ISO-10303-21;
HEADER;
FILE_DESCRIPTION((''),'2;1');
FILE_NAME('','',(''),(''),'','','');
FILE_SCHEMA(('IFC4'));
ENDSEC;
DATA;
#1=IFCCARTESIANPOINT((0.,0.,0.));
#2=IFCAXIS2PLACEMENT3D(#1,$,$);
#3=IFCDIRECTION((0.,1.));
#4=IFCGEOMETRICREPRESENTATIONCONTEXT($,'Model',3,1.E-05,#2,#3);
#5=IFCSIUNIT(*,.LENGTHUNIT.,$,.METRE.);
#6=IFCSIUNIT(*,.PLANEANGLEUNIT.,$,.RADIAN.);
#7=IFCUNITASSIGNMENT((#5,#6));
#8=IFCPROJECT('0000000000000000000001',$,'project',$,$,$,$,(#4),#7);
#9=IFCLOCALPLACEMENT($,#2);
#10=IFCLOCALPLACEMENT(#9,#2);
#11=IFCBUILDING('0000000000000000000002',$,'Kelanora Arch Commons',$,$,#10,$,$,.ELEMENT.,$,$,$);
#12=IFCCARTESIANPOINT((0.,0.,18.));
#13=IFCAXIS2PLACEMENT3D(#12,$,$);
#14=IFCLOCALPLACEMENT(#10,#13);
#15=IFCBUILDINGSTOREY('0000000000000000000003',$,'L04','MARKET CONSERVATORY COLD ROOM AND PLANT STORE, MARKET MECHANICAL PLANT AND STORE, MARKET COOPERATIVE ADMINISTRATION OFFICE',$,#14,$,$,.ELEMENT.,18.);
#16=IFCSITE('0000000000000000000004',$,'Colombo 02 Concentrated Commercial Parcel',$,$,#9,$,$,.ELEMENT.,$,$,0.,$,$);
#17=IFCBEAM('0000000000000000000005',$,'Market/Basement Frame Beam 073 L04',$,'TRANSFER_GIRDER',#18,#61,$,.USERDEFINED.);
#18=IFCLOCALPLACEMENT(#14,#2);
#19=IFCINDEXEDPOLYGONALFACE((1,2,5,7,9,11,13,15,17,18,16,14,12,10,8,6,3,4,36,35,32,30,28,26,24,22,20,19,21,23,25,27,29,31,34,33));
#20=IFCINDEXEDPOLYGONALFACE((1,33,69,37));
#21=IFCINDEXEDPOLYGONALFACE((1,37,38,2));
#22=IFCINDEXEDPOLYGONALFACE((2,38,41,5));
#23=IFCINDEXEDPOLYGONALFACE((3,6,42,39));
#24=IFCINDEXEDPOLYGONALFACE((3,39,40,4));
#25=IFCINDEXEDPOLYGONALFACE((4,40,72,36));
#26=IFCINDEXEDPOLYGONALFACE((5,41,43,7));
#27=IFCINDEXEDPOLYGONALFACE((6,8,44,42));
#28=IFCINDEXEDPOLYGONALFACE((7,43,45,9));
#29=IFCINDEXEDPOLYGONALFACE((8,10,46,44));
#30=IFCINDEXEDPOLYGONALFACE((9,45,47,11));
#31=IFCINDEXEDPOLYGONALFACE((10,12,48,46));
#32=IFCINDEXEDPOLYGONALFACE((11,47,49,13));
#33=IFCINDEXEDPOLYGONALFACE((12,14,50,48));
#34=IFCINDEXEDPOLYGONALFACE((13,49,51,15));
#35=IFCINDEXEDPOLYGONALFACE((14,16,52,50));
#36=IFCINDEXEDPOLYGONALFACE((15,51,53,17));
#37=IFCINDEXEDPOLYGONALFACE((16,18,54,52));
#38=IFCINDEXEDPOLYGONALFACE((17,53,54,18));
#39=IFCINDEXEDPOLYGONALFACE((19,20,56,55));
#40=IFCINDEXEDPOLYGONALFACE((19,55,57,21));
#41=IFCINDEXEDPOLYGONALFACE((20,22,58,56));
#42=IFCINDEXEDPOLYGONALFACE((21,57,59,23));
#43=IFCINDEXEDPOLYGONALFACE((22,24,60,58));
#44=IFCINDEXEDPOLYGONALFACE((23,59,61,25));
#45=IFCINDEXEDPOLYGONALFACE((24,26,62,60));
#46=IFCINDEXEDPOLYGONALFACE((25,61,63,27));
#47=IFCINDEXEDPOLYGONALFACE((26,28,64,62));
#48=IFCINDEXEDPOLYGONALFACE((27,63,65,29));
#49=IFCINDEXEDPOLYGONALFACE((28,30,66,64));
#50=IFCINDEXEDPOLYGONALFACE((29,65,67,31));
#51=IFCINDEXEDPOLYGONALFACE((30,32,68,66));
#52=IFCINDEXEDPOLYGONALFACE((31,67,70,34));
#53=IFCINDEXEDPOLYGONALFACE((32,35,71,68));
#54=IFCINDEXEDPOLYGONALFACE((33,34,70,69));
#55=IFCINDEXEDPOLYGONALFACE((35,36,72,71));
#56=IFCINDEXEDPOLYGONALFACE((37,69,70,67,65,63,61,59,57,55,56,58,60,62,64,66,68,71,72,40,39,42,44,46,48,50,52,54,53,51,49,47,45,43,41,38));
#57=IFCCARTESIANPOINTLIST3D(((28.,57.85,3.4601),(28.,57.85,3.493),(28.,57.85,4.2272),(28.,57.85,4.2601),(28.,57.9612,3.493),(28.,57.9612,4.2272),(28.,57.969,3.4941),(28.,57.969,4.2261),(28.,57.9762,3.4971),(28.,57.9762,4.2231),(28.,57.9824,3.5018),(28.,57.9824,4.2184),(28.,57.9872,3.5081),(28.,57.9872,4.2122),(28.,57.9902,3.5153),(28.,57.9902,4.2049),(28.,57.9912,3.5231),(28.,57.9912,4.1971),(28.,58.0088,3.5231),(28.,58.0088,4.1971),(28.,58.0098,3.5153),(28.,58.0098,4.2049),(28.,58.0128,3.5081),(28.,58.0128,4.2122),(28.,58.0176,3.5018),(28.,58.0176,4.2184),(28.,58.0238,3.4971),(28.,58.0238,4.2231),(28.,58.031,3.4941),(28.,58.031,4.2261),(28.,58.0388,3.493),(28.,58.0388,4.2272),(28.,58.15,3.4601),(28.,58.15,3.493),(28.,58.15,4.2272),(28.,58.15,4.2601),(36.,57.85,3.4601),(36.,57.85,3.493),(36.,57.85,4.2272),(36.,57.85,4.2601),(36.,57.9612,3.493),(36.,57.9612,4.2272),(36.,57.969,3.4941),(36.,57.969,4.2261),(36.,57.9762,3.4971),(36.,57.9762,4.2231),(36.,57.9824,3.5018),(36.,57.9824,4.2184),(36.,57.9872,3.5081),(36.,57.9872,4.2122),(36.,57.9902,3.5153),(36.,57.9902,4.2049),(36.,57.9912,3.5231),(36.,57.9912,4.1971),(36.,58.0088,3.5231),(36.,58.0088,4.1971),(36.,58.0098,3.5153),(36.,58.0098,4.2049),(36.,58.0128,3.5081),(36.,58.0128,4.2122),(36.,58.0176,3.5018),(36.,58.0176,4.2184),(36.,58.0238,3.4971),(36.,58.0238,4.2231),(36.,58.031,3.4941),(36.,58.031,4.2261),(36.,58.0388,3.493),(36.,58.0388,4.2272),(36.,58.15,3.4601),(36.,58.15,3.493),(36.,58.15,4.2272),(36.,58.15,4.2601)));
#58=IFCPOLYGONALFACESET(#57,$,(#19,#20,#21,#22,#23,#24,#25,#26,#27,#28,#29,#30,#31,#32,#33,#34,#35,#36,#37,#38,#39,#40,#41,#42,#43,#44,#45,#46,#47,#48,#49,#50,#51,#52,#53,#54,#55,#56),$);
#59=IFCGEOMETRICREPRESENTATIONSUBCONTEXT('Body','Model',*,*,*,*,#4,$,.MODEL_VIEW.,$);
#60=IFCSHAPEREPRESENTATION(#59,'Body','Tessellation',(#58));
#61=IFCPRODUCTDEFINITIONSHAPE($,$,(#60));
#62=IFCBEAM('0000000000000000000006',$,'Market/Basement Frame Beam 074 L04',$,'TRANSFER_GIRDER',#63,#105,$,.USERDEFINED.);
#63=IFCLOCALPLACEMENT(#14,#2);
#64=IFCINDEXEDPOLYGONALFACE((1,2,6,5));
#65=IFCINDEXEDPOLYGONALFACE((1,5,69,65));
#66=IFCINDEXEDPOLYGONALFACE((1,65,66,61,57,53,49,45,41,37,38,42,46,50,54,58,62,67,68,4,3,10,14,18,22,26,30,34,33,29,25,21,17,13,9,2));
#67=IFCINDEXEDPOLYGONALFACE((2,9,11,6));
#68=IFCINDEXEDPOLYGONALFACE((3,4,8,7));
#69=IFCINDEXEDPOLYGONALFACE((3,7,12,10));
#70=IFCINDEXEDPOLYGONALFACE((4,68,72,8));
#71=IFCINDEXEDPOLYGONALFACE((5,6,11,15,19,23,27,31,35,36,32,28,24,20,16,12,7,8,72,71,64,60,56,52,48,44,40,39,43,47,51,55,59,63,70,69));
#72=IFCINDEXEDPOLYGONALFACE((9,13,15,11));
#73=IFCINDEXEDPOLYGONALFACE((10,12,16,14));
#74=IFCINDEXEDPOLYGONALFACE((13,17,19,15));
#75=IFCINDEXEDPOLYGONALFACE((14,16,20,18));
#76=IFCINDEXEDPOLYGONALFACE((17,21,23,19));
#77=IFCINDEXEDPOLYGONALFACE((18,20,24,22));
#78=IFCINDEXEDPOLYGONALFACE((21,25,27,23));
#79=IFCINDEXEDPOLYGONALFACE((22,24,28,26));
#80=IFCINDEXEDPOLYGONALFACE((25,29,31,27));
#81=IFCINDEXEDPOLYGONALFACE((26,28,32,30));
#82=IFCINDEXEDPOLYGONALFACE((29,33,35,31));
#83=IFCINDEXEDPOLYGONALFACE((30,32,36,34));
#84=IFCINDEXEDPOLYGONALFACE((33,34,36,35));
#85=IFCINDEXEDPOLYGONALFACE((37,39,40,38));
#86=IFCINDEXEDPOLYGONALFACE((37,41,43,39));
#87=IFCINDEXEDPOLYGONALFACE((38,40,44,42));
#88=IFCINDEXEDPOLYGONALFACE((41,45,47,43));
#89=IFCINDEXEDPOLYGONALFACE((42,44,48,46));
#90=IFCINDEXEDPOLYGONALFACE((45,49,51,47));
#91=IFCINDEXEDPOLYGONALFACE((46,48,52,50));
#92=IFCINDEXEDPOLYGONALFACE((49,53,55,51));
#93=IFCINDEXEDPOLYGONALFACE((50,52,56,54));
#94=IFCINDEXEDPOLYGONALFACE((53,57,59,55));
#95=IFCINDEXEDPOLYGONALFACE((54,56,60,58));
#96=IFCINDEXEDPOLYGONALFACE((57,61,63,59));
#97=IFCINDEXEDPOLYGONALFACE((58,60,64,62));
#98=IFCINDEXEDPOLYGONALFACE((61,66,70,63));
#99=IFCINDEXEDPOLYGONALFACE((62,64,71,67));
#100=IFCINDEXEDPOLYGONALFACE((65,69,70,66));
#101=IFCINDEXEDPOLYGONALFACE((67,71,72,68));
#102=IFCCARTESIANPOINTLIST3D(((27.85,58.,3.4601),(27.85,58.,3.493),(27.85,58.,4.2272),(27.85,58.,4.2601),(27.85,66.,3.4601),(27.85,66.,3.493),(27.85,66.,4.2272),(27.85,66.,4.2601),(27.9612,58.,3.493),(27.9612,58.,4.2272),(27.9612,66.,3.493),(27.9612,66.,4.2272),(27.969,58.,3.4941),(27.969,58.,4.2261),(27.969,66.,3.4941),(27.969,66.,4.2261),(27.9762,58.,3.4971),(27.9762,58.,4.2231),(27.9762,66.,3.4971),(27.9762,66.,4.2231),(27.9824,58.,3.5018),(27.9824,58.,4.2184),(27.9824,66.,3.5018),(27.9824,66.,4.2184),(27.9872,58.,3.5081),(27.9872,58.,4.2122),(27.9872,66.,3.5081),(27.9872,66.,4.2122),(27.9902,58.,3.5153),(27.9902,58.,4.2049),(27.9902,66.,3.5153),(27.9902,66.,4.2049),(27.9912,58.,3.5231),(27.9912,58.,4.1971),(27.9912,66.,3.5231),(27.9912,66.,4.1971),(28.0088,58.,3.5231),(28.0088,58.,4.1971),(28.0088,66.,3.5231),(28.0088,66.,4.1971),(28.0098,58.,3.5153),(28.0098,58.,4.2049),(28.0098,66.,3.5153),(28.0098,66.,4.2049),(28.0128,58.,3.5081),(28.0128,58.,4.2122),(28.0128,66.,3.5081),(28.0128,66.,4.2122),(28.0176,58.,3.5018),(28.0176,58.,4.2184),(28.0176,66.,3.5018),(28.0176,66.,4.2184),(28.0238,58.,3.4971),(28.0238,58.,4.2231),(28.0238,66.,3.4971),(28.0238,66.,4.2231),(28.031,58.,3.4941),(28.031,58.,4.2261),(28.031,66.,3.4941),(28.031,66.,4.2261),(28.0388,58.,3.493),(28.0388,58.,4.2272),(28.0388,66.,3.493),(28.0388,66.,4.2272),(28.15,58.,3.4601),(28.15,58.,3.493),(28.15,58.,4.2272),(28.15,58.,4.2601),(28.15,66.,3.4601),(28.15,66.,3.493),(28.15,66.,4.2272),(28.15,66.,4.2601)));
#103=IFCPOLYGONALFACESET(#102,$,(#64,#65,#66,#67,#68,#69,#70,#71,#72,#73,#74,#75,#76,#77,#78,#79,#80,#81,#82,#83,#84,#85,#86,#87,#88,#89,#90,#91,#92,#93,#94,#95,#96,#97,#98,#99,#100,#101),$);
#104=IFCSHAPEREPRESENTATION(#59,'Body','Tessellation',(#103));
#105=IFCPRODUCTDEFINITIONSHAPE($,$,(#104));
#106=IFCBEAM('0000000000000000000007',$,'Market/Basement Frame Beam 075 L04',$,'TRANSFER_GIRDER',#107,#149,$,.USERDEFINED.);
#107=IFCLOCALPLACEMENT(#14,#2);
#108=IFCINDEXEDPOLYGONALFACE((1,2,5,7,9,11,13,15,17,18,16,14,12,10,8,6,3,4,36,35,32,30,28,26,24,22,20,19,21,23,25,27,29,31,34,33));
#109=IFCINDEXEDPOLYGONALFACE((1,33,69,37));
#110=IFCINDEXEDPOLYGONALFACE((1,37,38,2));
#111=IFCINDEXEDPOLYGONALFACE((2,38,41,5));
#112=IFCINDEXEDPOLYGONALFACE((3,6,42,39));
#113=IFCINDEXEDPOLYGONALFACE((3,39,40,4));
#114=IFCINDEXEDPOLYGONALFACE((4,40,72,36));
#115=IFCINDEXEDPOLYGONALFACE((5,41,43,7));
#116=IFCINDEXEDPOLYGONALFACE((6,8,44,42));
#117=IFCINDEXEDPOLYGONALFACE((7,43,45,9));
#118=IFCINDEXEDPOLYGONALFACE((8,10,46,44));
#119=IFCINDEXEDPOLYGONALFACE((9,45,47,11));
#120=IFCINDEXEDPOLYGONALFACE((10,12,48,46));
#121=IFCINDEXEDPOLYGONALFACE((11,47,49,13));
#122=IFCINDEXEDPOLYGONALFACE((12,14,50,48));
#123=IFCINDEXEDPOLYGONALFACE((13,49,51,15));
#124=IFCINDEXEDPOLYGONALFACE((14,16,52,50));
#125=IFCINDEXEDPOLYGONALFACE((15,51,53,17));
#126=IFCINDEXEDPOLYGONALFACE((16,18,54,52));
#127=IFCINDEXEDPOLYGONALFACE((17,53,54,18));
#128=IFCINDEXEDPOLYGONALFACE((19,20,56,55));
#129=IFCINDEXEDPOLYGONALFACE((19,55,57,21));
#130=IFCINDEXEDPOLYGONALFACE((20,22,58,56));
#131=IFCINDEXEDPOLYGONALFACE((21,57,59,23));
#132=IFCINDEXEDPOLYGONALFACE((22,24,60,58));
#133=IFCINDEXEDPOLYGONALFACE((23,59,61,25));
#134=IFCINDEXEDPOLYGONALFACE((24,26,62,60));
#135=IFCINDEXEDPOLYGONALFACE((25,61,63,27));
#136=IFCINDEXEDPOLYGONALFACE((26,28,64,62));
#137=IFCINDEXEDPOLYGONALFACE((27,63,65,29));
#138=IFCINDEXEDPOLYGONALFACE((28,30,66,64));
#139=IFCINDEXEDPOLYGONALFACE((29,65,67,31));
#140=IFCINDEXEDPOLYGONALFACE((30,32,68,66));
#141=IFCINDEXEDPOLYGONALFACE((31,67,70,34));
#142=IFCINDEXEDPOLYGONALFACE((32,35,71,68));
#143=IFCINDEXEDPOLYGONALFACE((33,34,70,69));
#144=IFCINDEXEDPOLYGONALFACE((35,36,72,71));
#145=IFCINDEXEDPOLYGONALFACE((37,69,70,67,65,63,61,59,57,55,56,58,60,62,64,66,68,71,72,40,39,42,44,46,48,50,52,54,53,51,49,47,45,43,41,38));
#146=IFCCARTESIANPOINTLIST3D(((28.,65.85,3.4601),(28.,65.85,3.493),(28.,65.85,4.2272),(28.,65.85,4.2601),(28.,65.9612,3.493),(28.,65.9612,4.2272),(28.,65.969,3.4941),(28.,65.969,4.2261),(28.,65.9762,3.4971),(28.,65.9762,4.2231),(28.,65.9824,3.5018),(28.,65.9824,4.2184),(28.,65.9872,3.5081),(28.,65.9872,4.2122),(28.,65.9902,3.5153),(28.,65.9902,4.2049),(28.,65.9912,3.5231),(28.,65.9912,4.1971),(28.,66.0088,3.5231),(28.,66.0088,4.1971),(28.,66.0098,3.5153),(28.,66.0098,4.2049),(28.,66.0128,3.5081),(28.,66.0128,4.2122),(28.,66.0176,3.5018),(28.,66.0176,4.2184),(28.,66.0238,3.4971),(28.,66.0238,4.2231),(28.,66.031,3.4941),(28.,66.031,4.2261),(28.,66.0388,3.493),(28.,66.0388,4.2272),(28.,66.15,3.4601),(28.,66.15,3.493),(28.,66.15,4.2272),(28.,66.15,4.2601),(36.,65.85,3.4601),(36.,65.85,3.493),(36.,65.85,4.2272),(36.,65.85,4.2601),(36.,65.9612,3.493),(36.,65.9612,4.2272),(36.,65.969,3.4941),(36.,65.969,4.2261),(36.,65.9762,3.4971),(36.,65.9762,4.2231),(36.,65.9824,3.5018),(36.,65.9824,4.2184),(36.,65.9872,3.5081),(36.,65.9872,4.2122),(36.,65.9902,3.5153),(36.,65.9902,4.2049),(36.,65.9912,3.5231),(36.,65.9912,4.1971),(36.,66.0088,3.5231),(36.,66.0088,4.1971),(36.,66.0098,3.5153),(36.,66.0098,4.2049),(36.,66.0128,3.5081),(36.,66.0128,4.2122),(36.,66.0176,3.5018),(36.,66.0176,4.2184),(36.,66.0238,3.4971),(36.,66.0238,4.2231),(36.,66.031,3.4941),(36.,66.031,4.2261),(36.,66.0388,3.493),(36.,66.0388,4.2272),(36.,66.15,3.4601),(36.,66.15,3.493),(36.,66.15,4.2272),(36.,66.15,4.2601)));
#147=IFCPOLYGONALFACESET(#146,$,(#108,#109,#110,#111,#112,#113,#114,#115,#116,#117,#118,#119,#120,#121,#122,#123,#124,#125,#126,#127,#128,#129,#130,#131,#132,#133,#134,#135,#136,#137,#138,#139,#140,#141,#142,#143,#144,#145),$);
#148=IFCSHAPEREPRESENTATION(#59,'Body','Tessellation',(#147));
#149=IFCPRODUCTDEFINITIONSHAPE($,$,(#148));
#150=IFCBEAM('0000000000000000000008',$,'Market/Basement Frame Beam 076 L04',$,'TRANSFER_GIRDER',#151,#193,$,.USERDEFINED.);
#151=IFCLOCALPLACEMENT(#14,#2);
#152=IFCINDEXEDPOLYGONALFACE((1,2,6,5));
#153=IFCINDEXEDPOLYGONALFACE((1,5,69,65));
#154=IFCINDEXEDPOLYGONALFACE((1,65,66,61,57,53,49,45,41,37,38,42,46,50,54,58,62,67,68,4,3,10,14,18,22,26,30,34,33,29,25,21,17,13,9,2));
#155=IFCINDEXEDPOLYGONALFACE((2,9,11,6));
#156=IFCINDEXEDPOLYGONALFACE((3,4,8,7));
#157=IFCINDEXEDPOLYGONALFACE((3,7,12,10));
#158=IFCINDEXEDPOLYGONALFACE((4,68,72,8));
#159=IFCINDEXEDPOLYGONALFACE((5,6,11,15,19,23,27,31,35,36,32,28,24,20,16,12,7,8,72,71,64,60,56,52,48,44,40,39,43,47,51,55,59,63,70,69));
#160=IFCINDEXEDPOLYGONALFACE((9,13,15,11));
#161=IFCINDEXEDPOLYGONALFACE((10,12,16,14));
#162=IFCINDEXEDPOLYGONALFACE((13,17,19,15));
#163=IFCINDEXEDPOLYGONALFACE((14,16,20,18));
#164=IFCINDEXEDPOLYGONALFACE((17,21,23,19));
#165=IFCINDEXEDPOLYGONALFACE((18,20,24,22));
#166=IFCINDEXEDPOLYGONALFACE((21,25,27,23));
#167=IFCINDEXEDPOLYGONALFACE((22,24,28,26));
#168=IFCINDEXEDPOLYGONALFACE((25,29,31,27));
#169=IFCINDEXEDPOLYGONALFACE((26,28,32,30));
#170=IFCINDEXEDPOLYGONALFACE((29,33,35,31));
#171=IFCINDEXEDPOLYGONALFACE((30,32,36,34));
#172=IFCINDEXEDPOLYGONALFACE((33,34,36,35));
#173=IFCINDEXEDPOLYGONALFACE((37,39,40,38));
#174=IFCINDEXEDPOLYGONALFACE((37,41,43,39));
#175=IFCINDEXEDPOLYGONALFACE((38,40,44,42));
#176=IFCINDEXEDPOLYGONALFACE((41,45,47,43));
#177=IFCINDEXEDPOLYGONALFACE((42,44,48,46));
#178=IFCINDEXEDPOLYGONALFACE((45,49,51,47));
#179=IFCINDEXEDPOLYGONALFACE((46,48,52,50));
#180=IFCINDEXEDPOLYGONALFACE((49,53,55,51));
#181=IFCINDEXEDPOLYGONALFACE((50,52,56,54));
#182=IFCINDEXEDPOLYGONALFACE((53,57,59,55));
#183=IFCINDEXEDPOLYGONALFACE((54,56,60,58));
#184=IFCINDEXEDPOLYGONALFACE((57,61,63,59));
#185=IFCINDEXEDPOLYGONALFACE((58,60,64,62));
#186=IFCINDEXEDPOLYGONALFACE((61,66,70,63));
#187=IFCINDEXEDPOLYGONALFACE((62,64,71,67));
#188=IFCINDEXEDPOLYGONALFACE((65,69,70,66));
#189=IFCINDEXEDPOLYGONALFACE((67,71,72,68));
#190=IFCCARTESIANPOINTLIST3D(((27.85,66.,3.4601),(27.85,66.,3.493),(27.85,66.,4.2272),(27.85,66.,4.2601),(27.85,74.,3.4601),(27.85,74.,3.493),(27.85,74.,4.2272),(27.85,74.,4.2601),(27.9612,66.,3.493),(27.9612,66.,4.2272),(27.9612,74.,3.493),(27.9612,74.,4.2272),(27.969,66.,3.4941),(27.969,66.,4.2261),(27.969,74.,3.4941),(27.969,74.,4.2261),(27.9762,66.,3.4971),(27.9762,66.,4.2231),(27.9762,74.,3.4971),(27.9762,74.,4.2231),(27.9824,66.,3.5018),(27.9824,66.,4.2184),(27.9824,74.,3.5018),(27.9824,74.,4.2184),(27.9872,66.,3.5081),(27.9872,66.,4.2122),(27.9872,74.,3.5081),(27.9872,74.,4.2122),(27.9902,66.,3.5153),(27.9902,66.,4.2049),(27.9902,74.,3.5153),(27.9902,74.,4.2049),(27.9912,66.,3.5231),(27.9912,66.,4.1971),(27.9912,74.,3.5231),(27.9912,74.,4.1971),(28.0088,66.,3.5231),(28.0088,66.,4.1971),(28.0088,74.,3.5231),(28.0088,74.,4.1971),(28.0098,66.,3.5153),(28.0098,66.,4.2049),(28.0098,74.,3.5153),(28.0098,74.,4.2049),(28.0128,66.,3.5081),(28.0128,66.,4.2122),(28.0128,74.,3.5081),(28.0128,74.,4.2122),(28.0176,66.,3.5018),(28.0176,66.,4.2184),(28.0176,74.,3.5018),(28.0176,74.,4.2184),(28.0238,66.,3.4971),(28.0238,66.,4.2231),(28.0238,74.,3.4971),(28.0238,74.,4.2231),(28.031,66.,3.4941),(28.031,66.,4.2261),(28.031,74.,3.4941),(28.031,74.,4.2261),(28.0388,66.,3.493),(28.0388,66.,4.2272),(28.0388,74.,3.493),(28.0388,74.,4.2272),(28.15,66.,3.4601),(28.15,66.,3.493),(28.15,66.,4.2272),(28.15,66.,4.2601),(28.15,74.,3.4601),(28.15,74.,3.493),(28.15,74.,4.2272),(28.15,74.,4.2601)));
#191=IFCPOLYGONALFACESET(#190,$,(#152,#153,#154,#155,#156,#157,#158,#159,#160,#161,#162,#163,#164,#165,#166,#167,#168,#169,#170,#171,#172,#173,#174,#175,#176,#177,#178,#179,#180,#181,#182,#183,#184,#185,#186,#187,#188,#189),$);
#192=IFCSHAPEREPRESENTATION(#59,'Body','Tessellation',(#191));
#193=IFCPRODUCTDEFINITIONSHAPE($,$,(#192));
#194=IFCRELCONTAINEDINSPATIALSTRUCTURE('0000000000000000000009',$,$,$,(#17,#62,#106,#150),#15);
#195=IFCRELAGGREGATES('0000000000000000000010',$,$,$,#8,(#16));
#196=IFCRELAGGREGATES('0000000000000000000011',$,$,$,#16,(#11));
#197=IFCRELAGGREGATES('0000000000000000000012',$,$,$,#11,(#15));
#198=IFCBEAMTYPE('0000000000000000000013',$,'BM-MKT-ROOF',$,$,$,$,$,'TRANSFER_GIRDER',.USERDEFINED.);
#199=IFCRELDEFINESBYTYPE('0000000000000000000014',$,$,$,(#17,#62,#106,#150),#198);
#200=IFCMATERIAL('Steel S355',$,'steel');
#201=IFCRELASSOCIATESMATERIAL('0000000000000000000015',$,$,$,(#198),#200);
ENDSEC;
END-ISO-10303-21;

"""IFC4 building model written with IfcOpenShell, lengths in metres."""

from ifc_helpers import new_model, si_unit, direction, frame, origin, origin_2d, place, context, subcontext, project, spatial, i_section, extrude, material, material_profile, profile_set, type_object, element, save


model = new_model("IFC4")

# Units and contexts
model_context = context("Model", 3, precision=1e-05, world=origin(), true_north=direction((0.0, 1.0)))
body_context = subcontext(model_context, "Body", "Model", "MODEL_VIEW")
ifc_project = project(units=[si_unit("LENGTHUNIT", "METRE"), si_unit("PLANEANGLEUNIT", "RADIAN")], contexts=[model_context])

# Site, building, storey
site_placement = place(None, origin())
site = spatial("IfcSite", under=ifc_project, at=site_placement, Name="Colombo 02 Concentrated Commercial Parcel", CompositionType="ELEMENT", RefElevation=0.0)
building_placement = place(site_placement, origin())
building = spatial("IfcBuilding", under=site, at=building_placement, Name="Kelanora Arch Commons", CompositionType="ELEMENT")
storey_placement = place(building_placement, frame((0.0, 0.0, 18.0)))
storey = spatial("IfcBuildingStorey", under=building, at=storey_placement, Name="L04", Description="MARKET CONSERVATORY COLD ROOM AND PLANT STORE, MARKET MECHANICAL PLANT AND STORE, MARKET COOPERATIVE ADMINISTRATION OFFICE", CompositionType="ELEMENT", Elevation=18.0)

# Beams
ifc_material_1 = material(Name="Steel S355", Category="steel")
ifc_material_profile_1 = material_profile(ifc_material_1, i_section(OverallWidth=0.3, OverallDepth=0.8, WebThickness=0.0176, FlangeThickness=0.033, FilletRadius=0.03, at=origin_2d()), Name="HEB800")
ifc_profile_set_1 = profile_set([ifc_material_profile_1], Name="Steel S355")
beam_type = type_object("IfcBeamType", Name="BM-MKT-ROOF", ElementType="TRANSFER_GIRDER", PredefinedType="USERDEFINED", material=ifc_profile_set_1)
for number, where, z_axis, x_axis, name in (
    (1, (28.0, 58.0, 3.8601), (1.0, 0.0, 0.0), (0.0, 1.0, 0.0), "Market/Basement Frame Beam 073 L04"),
    (2, (28.0, 58.0, 3.8601), (0.0, 1.0, 0.0), (-1.0, 0.0, 0.0), "Market/Basement Frame Beam 074 L04"),
    (3, (28.0, 66.0, 3.8601), (1.0, 0.0, 0.0), (0.0, 1.0, 0.0), "Market/Basement Frame Beam 075 L04"),
    (4, (28.0, 66.0, 3.8601), (0.0, 1.0, 0.0), (-1.0, 0.0, 0.0), "Market/Basement Frame Beam 076 L04"),
):
    element("IfcBeam", number, at=place(storey_placement, frame(where, z_axis=z_axis, x_axis=x_axis)), inside=storey, type_object=beam_type, Name=name, ObjectType="TRANSFER_GIRDER", PredefinedType="USERDEFINED", context=body_context, shape_type="SweptSolid", body=[
        extrude(i_section(OverallWidth=0.3, OverallDepth=0.8, WebThickness=0.0176, FlangeThickness=0.033, FilletRadius=0.03, at=origin_2d()), origin(), (0.0, 0.0, 1.0), 8.0),
    ])

save(model, "model.ifc")
